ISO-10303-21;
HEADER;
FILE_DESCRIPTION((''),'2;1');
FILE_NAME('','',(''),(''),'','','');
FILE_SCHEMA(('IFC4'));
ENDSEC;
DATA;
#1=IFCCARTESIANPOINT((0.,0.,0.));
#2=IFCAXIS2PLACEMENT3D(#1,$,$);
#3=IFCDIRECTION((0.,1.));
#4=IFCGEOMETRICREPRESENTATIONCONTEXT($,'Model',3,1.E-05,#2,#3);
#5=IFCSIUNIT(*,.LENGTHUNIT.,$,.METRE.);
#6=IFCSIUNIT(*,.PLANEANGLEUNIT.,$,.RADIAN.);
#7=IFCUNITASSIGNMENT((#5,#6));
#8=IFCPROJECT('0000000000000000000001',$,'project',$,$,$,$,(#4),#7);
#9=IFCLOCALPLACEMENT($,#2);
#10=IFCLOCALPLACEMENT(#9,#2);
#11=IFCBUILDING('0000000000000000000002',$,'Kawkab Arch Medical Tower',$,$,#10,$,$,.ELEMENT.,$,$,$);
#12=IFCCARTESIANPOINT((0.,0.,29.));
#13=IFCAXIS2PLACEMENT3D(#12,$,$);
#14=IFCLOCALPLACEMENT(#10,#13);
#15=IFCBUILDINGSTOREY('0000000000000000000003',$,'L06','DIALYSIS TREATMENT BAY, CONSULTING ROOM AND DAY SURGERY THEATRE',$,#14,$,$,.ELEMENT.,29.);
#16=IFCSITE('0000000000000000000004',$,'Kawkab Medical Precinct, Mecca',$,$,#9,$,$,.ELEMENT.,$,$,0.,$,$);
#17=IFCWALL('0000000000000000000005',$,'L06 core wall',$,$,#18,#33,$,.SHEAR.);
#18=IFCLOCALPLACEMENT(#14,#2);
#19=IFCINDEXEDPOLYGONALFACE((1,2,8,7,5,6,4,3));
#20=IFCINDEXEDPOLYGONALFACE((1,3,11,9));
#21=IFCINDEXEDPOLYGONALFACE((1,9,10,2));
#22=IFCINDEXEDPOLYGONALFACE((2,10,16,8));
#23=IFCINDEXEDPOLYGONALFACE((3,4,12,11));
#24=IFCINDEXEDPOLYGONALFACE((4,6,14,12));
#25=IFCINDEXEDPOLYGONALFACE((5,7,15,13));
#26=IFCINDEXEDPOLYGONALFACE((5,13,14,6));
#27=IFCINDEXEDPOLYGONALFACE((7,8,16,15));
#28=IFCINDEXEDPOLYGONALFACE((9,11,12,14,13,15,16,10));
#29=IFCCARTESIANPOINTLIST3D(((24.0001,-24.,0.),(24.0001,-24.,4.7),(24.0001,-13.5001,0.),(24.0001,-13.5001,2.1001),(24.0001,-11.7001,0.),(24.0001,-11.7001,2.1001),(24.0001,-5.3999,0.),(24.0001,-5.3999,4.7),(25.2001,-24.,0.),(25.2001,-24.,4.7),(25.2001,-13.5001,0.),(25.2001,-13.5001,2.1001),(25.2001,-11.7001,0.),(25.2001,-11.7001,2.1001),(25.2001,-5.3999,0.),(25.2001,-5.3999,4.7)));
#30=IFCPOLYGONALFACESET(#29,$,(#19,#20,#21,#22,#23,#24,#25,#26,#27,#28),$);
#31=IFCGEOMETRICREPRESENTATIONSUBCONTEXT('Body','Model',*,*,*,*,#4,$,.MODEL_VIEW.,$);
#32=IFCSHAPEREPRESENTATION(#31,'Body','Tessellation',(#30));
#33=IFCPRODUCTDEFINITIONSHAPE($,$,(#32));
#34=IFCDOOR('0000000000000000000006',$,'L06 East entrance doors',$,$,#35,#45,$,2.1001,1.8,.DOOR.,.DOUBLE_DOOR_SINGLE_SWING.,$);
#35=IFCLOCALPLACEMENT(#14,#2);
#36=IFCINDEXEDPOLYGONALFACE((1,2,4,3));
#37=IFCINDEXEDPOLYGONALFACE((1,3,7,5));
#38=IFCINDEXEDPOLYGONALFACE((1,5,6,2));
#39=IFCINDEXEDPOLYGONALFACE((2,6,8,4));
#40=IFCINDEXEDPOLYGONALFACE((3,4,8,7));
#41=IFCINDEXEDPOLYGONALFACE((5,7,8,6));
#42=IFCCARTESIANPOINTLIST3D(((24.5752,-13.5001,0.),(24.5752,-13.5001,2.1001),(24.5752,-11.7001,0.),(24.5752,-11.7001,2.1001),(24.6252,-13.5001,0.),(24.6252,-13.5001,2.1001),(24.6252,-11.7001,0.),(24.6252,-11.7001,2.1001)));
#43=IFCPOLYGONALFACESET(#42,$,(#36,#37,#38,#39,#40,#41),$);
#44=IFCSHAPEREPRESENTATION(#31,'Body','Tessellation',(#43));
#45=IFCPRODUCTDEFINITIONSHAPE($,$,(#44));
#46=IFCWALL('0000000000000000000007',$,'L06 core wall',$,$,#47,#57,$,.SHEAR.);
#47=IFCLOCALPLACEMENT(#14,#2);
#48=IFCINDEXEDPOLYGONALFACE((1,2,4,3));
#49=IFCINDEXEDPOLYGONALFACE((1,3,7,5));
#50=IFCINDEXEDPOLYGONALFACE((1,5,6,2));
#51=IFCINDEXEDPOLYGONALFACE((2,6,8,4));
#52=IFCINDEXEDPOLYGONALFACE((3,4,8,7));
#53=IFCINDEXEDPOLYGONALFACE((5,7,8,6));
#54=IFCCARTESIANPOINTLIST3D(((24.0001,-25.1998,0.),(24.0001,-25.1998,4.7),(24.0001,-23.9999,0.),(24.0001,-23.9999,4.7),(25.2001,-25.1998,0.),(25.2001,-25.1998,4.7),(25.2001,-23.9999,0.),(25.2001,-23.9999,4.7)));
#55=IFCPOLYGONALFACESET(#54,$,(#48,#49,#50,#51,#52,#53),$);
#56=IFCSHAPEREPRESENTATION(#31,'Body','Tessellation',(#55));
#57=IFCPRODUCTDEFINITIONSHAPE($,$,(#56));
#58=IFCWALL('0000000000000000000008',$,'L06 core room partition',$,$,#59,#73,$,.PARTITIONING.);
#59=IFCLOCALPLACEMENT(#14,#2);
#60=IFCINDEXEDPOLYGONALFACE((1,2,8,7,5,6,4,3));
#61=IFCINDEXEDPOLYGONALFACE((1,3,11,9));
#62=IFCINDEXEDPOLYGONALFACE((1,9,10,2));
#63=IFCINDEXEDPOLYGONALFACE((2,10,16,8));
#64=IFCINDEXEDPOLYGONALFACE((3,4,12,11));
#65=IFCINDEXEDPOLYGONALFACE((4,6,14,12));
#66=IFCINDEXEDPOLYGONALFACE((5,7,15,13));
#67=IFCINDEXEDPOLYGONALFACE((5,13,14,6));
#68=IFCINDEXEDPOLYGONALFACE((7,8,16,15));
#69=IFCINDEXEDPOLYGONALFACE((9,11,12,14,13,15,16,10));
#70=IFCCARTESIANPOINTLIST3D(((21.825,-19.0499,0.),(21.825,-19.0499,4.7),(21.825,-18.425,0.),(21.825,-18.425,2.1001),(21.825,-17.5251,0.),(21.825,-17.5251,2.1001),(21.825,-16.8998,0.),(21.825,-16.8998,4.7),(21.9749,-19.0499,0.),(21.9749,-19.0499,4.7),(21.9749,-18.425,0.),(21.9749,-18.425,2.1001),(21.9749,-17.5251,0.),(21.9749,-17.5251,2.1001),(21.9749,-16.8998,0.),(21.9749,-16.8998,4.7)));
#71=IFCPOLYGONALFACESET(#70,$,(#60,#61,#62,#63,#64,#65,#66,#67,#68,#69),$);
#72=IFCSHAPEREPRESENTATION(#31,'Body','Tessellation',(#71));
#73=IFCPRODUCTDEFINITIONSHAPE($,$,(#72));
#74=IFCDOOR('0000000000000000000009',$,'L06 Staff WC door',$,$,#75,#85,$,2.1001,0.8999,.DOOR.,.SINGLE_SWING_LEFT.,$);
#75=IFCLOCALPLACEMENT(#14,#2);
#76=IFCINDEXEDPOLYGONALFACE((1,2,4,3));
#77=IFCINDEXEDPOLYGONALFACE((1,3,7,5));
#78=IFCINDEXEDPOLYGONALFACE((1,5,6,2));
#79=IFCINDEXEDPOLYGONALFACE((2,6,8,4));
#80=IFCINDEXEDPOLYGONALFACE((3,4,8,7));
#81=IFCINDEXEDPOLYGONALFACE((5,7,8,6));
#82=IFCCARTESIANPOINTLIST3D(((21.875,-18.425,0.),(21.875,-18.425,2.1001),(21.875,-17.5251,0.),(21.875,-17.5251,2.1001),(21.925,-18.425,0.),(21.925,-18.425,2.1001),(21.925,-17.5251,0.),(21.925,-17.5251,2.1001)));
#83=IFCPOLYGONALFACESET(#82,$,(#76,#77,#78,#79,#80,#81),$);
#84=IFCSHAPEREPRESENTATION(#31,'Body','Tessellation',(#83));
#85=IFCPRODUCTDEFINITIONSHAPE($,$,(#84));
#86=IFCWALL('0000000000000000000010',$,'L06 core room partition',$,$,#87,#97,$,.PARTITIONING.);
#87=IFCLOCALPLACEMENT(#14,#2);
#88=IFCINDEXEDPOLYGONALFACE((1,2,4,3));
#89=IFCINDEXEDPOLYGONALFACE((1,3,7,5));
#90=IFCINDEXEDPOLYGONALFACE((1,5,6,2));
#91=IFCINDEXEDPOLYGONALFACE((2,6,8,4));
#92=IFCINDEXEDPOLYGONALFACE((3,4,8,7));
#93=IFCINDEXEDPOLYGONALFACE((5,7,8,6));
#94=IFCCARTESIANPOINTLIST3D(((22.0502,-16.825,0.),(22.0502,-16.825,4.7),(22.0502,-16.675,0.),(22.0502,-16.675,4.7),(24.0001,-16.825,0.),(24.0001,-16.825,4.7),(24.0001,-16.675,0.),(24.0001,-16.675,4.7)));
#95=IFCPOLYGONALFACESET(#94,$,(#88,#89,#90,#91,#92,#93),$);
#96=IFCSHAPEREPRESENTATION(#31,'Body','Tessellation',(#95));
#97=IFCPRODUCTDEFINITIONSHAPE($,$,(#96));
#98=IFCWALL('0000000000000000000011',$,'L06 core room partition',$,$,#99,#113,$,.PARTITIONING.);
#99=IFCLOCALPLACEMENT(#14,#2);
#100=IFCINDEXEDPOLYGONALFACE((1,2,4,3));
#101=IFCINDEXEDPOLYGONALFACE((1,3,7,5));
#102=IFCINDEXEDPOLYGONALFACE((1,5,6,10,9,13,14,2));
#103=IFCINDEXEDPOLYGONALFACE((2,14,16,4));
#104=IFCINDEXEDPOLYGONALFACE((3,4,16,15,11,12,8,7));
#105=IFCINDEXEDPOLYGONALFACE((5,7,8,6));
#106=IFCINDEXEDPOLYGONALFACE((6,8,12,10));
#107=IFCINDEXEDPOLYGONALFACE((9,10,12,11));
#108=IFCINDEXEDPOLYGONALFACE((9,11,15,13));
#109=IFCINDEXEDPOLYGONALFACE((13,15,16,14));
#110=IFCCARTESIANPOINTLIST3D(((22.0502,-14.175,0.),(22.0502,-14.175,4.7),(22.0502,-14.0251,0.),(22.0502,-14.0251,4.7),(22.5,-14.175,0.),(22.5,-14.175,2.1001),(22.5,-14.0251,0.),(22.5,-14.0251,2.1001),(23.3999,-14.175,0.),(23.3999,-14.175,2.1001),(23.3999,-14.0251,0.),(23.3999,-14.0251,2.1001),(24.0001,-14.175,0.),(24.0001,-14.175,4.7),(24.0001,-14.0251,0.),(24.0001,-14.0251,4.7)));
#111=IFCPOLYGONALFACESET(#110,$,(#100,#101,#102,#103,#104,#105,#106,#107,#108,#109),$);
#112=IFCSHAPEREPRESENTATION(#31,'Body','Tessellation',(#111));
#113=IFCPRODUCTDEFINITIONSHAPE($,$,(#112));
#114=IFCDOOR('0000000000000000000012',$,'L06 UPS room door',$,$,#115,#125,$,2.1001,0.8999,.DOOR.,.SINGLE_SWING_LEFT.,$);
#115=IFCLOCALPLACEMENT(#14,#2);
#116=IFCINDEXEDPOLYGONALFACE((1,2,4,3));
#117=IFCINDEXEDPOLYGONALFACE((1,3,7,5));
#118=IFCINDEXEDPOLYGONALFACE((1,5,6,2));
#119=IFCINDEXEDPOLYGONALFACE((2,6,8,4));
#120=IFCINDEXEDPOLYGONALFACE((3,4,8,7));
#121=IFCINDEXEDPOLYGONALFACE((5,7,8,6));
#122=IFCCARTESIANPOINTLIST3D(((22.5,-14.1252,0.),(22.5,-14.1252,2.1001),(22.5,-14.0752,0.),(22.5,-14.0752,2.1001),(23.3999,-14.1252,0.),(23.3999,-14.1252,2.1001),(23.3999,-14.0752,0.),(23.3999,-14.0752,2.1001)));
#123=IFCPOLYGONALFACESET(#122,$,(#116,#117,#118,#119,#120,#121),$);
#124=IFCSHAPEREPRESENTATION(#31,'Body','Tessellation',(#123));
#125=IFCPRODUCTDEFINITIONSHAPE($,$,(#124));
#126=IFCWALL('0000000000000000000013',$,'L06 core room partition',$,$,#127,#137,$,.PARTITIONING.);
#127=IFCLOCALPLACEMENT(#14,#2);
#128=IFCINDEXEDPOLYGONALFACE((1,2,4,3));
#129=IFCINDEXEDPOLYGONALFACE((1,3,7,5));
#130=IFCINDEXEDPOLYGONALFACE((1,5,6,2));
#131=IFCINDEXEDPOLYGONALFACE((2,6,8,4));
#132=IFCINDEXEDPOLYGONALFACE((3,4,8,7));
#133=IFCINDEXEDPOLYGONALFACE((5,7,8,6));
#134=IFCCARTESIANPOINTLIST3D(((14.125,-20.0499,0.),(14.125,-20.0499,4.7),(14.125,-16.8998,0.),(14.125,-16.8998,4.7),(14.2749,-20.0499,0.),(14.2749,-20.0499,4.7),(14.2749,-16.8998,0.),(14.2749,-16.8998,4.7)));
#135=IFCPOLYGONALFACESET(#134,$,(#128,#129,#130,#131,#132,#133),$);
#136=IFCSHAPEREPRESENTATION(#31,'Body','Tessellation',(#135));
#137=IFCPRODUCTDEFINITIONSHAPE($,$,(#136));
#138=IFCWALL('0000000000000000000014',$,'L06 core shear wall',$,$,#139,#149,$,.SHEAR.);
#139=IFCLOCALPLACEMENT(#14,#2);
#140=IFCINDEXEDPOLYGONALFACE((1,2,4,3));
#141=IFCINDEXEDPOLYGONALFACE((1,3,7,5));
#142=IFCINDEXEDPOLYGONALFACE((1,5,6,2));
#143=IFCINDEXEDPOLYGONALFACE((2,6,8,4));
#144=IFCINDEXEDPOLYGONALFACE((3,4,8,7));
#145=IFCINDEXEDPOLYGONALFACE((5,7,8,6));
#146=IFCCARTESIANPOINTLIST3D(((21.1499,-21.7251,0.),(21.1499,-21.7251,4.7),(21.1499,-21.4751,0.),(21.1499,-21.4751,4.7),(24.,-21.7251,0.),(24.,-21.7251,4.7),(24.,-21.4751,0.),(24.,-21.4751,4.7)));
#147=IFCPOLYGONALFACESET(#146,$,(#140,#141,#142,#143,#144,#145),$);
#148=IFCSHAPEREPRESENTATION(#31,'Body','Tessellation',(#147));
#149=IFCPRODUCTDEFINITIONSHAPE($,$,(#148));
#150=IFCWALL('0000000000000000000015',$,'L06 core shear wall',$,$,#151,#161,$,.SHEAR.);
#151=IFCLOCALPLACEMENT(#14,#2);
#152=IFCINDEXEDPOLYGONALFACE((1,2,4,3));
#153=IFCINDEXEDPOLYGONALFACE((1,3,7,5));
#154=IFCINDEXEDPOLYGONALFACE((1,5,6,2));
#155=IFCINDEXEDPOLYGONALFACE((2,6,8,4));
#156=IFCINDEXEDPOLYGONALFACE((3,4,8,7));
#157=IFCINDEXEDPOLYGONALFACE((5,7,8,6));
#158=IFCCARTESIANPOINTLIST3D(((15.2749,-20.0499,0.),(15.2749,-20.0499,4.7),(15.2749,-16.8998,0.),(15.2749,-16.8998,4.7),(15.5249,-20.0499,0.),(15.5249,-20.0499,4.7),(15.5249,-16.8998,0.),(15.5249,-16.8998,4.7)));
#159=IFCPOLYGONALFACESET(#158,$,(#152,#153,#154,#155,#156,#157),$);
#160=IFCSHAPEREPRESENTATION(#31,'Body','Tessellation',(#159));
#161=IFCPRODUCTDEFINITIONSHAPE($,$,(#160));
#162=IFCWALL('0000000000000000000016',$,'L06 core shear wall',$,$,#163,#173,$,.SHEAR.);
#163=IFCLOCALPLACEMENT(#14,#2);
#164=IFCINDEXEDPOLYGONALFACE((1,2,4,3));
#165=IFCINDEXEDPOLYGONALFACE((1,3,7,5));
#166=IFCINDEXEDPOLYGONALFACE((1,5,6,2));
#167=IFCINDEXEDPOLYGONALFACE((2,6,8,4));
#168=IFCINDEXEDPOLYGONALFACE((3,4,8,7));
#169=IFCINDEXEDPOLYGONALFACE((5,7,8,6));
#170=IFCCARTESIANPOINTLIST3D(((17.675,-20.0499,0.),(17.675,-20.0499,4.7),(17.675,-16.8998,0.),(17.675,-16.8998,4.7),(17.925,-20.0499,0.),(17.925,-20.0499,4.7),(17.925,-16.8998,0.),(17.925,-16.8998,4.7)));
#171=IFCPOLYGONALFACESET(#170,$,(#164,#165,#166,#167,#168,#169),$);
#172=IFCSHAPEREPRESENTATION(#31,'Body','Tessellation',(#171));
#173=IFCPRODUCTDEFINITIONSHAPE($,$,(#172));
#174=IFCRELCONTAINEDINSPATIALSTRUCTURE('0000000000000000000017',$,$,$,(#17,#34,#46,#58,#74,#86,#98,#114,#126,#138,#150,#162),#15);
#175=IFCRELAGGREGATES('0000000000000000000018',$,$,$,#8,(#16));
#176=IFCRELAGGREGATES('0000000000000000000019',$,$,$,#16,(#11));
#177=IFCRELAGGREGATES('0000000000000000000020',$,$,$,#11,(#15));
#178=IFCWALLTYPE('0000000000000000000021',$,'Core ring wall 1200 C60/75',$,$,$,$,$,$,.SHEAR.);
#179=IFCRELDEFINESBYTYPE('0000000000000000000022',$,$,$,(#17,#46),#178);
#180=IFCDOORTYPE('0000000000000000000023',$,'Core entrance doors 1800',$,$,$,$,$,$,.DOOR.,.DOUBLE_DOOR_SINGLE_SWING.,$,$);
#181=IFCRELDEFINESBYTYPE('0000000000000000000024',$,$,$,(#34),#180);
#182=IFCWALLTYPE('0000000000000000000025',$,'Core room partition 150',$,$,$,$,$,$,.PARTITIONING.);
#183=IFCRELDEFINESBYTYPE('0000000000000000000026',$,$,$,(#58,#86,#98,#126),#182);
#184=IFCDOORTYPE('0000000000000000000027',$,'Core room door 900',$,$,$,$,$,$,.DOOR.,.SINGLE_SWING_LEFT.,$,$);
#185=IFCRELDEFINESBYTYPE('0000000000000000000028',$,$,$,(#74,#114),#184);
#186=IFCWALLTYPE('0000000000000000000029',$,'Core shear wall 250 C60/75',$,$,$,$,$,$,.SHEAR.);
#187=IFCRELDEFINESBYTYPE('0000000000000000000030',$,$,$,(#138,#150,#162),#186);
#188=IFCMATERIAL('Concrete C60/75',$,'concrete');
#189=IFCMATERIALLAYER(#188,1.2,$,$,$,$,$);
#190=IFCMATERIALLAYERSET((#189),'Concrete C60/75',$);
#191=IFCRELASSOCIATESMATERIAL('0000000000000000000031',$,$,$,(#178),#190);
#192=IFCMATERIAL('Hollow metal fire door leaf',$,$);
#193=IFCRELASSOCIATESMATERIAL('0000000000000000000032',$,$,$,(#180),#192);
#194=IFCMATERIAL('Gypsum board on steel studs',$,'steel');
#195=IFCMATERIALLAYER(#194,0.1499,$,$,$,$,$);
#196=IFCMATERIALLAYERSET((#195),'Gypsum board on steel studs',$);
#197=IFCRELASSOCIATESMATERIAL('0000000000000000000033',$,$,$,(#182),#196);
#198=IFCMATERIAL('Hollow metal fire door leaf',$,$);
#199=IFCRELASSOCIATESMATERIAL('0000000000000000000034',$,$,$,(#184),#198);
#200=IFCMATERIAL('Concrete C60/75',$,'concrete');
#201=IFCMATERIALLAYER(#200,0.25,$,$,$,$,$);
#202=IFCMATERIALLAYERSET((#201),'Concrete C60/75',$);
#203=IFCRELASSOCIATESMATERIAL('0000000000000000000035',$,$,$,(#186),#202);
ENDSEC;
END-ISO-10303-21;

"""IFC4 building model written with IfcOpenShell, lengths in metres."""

from ifc_helpers import new_model, si_unit, direction, frame, frame_2d, origin, place, context, subcontext, project, spatial, rectangle, extrude, material, layer, layer_set, type_object, element, fill, save


model = new_model("IFC4")

# Units and contexts
model_context = context("Model", 3, precision=1e-05, world=origin(), true_north=direction((0.0, 1.0)))
body_context = subcontext(model_context, "Body", "Model", "MODEL_VIEW")
ifc_project = project(units=[si_unit("LENGTHUNIT", "METRE"), si_unit("PLANEANGLEUNIT", "RADIAN")], contexts=[model_context])

# Site, building, storey
site_placement = place(None, origin())
site = spatial("IfcSite", under=ifc_project, at=site_placement, Name="Kawkab Medical Precinct, Mecca", CompositionType="ELEMENT", RefElevation=0.0)
building_placement = place(site_placement, origin())
building = spatial("IfcBuilding", under=site, at=building_placement, Name="Kawkab Arch Medical Tower", CompositionType="ELEMENT")
storey_placement = place(building_placement, frame((0.0, 0.0, 29.0)))
storey = spatial("IfcBuildingStorey", under=building, at=storey_placement, Name="L06", Description="DIALYSIS TREATMENT BAY, CONSULTING ROOM AND DAY SURGERY THEATRE", CompositionType="ELEMENT", Elevation=29.0)

# Wall, opening, door
ifc_material_1 = material(Name="Concrete C60/75", Category="concrete")
ifc_layer_1 = layer(ifc_material_1, 1.2)
ifc_layer_set_1 = layer_set([ifc_layer_1], Name="Concrete C60/75")
wall_type_1 = type_object("IfcWallType", Name="Core ring wall 1200 C60/75", PredefinedType="SHEAR", material=ifc_layer_set_1)
wall_1_placement = place(storey_placement, frame((24.6001, -24.0, 0.0), z_axis=(0.0, 0.0, 1.0), x_axis=(0.0, 1.0, 0.0)))
wall_1 = element("IfcWall", 1, at=wall_1_placement, inside=storey, type_object=wall_type_1, Name="L06 core wall", PredefinedType="SHEAR", context=body_context, shape_type="SweptSolid", body=[
    extrude(rectangle(XDim=18.6001, YDim=1.2, at=frame_2d((9.3, 0.0))), origin(), (0.0, 0.0, 1.0), 4.7),
])
opening_1_placement = place(wall_1_placement, frame((10.5, 0.0, 0.0)))
opening_1 = element("IfcOpeningElement", 2, at=opening_1_placement, cuts=wall_1, PredefinedType="OPENING", context=body_context, shape_type="SweptSolid", body=[
    extrude(rectangle(XDim=1.8, YDim=2.1001, at=frame_2d((0.8999, 1.05))), frame((0.0, 0.6099, 0.0), z_axis=(0.0, -1.0, 0.0), x_axis=(1.0, 0.0, 0.0)), (0.0, 0.0, 1.0), 1.22),
])
ifc_material_2 = material(Name="Hollow metal fire door leaf")
door_type_1 = type_object("IfcDoorType", Name="Core entrance doors 1800", OperationType="DOUBLE_DOOR_SINGLE_SWING", PredefinedType="DOOR", material=ifc_material_2)
door_1_placement = place(opening_1_placement, origin())
door_1 = element("IfcDoor", 3, at=door_1_placement, inside=storey, type_object=door_type_1, Name="L06 East entrance doors", OperationType="DOUBLE_DOOR_SINGLE_SWING", OverallHeight=2.1001, OverallWidth=1.8, PredefinedType="DOOR", context=body_context, shape_type="SweptSolid", body=[
    extrude(rectangle(XDim=1.8, YDim=2.1001, at=frame_2d((0.8999, 1.05))), frame((0.0, 0.0249, 0.0), z_axis=(0.0, -1.0, 0.0), x_axis=(1.0, 0.0, 0.0)), (0.0, 0.0, 1.0), 0.05),
])
fill(opening_1, door_1)

# Wall
wall_2_placement = place(storey_placement, frame((24.6001, -25.2, 0.0), z_axis=(0.0, 0.0, 1.0), x_axis=(0.0, 1.0, 0.0)))
element("IfcWall", 4, at=wall_2_placement, inside=storey, type_object=wall_type_1, Name="L06 core wall", PredefinedType="SHEAR", context=body_context, shape_type="SweptSolid", body=[
    extrude(rectangle(XDim=1.2, YDim=1.2, at=frame_2d((0.6001, 0.0))), origin(), (0.0, 0.0, 1.0), 4.7),
])

# Wall, opening, door
ifc_material_3 = material(Name="Gypsum board on steel studs", Category="steel")
ifc_layer_2 = layer(ifc_material_3, 0.1499)
ifc_layer_set_2 = layer_set([ifc_layer_2], Name="Gypsum board on steel studs")
wall_type_2 = type_object("IfcWallType", Name="Core room partition 150", PredefinedType="PARTITIONING", material=ifc_layer_set_2)
wall_3_placement = place(storey_placement, frame((21.8999, -19.05, 0.0), z_axis=(0.0, 0.0, 1.0), x_axis=(0.0, 1.0, 0.0)))
wall_3 = element("IfcWall", 5, at=wall_3_placement, inside=storey, type_object=wall_type_2, Name="L06 core room partition", PredefinedType="PARTITIONING", context=body_context, shape_type="SweptSolid", body=[
    extrude(rectangle(XDim=2.1501, YDim=0.1499, at=frame_2d((1.0752, 0.0))), origin(), (0.0, 0.0, 1.0), 4.7),
])
opening_2_placement = place(wall_3_placement, frame((0.625, 0.0, 0.0)))
opening_2 = element("IfcOpeningElement", 6, at=opening_2_placement, cuts=wall_3, PredefinedType="OPENING", context=body_context, shape_type="SweptSolid", body=[
    extrude(rectangle(XDim=0.8999, YDim=2.1001, at=frame_2d((0.45, 1.05))), frame((0.0, 0.085, 0.0), z_axis=(0.0, -1.0, 0.0), x_axis=(1.0, 0.0, 0.0)), (0.0, 0.0, 1.0), 0.1699),
])
ifc_material_4 = material(Name="Hollow metal fire door leaf")
door_type_2 = type_object("IfcDoorType", Name="Core room door 900", OperationType="SINGLE_SWING_LEFT", PredefinedType="DOOR", material=ifc_material_4)
door_2_placement = place(opening_2_placement, origin())
door_2 = element("IfcDoor", 7, at=door_2_placement, inside=storey, type_object=door_type_2, Name="L06 Staff WC door", OperationType="SINGLE_SWING_LEFT", OverallHeight=2.1001, OverallWidth=0.8999, PredefinedType="DOOR", context=body_context, shape_type="SweptSolid", body=[
    extrude(rectangle(XDim=0.8999, YDim=2.1001, at=frame_2d((0.45, 1.05))), frame((0.0, 0.0249, 0.0), z_axis=(0.0, -1.0, 0.0), x_axis=(1.0, 0.0, 0.0)), (0.0, 0.0, 1.0), 0.05),
])
fill(opening_2, door_2)

# Wall
wall_4_placement = place(storey_placement, frame((22.05, -16.75, 0.0), z_axis=(0.0, 0.0, 1.0), x_axis=(1.0, 0.0, 0.0)))
element("IfcWall", 8, at=wall_4_placement, inside=storey, type_object=wall_type_2, Name="L06 core room partition", PredefinedType="PARTITIONING", context=body_context, shape_type="SweptSolid", body=[
    extrude(rectangle(XDim=1.95, YDim=0.1499, at=frame_2d((0.9751, 0.0))), origin(), (0.0, 0.0, 1.0), 4.7),
])

# Wall, opening, door
wall_5_placement = place(storey_placement, frame((22.05, -14.1001, 0.0), z_axis=(0.0, 0.0, 1.0), x_axis=(1.0, 0.0, 0.0)))
wall_5 = element("IfcWall", 9, at=wall_5_placement, inside=storey, type_object=wall_type_2, Name="L06 core room partition", PredefinedType="PARTITIONING", context=body_context, shape_type="SweptSolid", body=[
    extrude(rectangle(XDim=1.95, YDim=0.1499, at=frame_2d((0.9751, 0.0))), origin(), (0.0, 0.0, 1.0), 4.7),
])
opening_3_placement = place(wall_5_placement, frame((0.45, 0.0, 0.0)))
opening_3 = element("IfcOpeningElement", 10, at=opening_3_placement, cuts=wall_5, PredefinedType="OPENING", context=body_context, shape_type="SweptSolid", body=[
    extrude(rectangle(XDim=0.8999, YDim=2.1001, at=frame_2d((0.45, 1.05))), frame((0.0, 0.085, 0.0), z_axis=(0.0, -1.0, 0.0), x_axis=(1.0, 0.0, 0.0)), (0.0, 0.0, 1.0), 0.1699),
])
door_3_placement = place(opening_3_placement, origin())
door_3 = element("IfcDoor", 11, at=door_3_placement, inside=storey, type_object=door_type_2, Name="L06 UPS room door", OperationType="SINGLE_SWING_LEFT", OverallHeight=2.1001, OverallWidth=0.8999, PredefinedType="DOOR", context=body_context, shape_type="SweptSolid", body=[
    extrude(rectangle(XDim=0.8999, YDim=2.1001, at=frame_2d((0.45, 1.05))), frame((0.0, 0.0249, 0.0), z_axis=(0.0, -1.0, 0.0), x_axis=(1.0, 0.0, 0.0)), (0.0, 0.0, 1.0), 0.05),
])
fill(opening_3, door_3)

# Walls
wall_6_placement = place(storey_placement, frame((14.2, -20.05, 0.0), z_axis=(0.0, 0.0, 1.0), x_axis=(0.0, 1.0, 0.0)))
element("IfcWall", 12, at=wall_6_placement, inside=storey, type_object=wall_type_2, Name="L06 core room partition", PredefinedType="PARTITIONING", context=body_context, shape_type="SweptSolid", body=[
    extrude(rectangle(XDim=3.1501, YDim=0.1499, at=frame_2d((1.5752, 0.0))), origin(), (0.0, 0.0, 1.0), 4.7),
])
ifc_material_5 = material(Name="Concrete C60/75", Category="concrete")
ifc_layer_3 = layer(ifc_material_5, 0.25)
ifc_layer_set_3 = layer_set([ifc_layer_3], Name="Concrete C60/75")
wall_type_3 = type_object("IfcWallType", Name="Core shear wall 250 C60/75", PredefinedType="SHEAR", material=ifc_layer_set_3)
wall_7_placement = place(storey_placement, frame((21.1499, -21.6001, 0.0), z_axis=(0.0, 0.0, 1.0), x_axis=(1.0, 0.0, 0.0)))
element("IfcWall", 13, at=wall_7_placement, inside=storey, type_object=wall_type_3, Name="L06 core shear wall", PredefinedType="SHEAR", context=body_context, shape_type="SweptSolid", body=[
    extrude(rectangle(XDim=2.8501, YDim=0.25, at=frame_2d((1.425, 0.0))), origin(), (0.0, 0.0, 1.0), 4.7),
])
for number, where, z_axis, x_axis, name in (
    (14, (15.3999, -20.05, 0.0), (0.0, 0.0, 1.0), (0.0, 1.0, 0.0), "L06 core shear wall"),
    (15, (17.8, -20.05, 0.0), (0.0, 0.0, 1.0), (0.0, 1.0, 0.0), "L06 core shear wall"),
):
    element("IfcWall", number, at=place(storey_placement, frame(where, z_axis=z_axis, x_axis=x_axis)), inside=storey, type_object=wall_type_3, Name=name, PredefinedType="SHEAR", context=body_context, shape_type="SweptSolid", body=[
        extrude(rectangle(XDim=3.1501, YDim=0.25, at=frame_2d((1.5752, 0.0))), origin(), (0.0, 0.0, 1.0), 4.7),
    ])

save(model, "model.ifc")
